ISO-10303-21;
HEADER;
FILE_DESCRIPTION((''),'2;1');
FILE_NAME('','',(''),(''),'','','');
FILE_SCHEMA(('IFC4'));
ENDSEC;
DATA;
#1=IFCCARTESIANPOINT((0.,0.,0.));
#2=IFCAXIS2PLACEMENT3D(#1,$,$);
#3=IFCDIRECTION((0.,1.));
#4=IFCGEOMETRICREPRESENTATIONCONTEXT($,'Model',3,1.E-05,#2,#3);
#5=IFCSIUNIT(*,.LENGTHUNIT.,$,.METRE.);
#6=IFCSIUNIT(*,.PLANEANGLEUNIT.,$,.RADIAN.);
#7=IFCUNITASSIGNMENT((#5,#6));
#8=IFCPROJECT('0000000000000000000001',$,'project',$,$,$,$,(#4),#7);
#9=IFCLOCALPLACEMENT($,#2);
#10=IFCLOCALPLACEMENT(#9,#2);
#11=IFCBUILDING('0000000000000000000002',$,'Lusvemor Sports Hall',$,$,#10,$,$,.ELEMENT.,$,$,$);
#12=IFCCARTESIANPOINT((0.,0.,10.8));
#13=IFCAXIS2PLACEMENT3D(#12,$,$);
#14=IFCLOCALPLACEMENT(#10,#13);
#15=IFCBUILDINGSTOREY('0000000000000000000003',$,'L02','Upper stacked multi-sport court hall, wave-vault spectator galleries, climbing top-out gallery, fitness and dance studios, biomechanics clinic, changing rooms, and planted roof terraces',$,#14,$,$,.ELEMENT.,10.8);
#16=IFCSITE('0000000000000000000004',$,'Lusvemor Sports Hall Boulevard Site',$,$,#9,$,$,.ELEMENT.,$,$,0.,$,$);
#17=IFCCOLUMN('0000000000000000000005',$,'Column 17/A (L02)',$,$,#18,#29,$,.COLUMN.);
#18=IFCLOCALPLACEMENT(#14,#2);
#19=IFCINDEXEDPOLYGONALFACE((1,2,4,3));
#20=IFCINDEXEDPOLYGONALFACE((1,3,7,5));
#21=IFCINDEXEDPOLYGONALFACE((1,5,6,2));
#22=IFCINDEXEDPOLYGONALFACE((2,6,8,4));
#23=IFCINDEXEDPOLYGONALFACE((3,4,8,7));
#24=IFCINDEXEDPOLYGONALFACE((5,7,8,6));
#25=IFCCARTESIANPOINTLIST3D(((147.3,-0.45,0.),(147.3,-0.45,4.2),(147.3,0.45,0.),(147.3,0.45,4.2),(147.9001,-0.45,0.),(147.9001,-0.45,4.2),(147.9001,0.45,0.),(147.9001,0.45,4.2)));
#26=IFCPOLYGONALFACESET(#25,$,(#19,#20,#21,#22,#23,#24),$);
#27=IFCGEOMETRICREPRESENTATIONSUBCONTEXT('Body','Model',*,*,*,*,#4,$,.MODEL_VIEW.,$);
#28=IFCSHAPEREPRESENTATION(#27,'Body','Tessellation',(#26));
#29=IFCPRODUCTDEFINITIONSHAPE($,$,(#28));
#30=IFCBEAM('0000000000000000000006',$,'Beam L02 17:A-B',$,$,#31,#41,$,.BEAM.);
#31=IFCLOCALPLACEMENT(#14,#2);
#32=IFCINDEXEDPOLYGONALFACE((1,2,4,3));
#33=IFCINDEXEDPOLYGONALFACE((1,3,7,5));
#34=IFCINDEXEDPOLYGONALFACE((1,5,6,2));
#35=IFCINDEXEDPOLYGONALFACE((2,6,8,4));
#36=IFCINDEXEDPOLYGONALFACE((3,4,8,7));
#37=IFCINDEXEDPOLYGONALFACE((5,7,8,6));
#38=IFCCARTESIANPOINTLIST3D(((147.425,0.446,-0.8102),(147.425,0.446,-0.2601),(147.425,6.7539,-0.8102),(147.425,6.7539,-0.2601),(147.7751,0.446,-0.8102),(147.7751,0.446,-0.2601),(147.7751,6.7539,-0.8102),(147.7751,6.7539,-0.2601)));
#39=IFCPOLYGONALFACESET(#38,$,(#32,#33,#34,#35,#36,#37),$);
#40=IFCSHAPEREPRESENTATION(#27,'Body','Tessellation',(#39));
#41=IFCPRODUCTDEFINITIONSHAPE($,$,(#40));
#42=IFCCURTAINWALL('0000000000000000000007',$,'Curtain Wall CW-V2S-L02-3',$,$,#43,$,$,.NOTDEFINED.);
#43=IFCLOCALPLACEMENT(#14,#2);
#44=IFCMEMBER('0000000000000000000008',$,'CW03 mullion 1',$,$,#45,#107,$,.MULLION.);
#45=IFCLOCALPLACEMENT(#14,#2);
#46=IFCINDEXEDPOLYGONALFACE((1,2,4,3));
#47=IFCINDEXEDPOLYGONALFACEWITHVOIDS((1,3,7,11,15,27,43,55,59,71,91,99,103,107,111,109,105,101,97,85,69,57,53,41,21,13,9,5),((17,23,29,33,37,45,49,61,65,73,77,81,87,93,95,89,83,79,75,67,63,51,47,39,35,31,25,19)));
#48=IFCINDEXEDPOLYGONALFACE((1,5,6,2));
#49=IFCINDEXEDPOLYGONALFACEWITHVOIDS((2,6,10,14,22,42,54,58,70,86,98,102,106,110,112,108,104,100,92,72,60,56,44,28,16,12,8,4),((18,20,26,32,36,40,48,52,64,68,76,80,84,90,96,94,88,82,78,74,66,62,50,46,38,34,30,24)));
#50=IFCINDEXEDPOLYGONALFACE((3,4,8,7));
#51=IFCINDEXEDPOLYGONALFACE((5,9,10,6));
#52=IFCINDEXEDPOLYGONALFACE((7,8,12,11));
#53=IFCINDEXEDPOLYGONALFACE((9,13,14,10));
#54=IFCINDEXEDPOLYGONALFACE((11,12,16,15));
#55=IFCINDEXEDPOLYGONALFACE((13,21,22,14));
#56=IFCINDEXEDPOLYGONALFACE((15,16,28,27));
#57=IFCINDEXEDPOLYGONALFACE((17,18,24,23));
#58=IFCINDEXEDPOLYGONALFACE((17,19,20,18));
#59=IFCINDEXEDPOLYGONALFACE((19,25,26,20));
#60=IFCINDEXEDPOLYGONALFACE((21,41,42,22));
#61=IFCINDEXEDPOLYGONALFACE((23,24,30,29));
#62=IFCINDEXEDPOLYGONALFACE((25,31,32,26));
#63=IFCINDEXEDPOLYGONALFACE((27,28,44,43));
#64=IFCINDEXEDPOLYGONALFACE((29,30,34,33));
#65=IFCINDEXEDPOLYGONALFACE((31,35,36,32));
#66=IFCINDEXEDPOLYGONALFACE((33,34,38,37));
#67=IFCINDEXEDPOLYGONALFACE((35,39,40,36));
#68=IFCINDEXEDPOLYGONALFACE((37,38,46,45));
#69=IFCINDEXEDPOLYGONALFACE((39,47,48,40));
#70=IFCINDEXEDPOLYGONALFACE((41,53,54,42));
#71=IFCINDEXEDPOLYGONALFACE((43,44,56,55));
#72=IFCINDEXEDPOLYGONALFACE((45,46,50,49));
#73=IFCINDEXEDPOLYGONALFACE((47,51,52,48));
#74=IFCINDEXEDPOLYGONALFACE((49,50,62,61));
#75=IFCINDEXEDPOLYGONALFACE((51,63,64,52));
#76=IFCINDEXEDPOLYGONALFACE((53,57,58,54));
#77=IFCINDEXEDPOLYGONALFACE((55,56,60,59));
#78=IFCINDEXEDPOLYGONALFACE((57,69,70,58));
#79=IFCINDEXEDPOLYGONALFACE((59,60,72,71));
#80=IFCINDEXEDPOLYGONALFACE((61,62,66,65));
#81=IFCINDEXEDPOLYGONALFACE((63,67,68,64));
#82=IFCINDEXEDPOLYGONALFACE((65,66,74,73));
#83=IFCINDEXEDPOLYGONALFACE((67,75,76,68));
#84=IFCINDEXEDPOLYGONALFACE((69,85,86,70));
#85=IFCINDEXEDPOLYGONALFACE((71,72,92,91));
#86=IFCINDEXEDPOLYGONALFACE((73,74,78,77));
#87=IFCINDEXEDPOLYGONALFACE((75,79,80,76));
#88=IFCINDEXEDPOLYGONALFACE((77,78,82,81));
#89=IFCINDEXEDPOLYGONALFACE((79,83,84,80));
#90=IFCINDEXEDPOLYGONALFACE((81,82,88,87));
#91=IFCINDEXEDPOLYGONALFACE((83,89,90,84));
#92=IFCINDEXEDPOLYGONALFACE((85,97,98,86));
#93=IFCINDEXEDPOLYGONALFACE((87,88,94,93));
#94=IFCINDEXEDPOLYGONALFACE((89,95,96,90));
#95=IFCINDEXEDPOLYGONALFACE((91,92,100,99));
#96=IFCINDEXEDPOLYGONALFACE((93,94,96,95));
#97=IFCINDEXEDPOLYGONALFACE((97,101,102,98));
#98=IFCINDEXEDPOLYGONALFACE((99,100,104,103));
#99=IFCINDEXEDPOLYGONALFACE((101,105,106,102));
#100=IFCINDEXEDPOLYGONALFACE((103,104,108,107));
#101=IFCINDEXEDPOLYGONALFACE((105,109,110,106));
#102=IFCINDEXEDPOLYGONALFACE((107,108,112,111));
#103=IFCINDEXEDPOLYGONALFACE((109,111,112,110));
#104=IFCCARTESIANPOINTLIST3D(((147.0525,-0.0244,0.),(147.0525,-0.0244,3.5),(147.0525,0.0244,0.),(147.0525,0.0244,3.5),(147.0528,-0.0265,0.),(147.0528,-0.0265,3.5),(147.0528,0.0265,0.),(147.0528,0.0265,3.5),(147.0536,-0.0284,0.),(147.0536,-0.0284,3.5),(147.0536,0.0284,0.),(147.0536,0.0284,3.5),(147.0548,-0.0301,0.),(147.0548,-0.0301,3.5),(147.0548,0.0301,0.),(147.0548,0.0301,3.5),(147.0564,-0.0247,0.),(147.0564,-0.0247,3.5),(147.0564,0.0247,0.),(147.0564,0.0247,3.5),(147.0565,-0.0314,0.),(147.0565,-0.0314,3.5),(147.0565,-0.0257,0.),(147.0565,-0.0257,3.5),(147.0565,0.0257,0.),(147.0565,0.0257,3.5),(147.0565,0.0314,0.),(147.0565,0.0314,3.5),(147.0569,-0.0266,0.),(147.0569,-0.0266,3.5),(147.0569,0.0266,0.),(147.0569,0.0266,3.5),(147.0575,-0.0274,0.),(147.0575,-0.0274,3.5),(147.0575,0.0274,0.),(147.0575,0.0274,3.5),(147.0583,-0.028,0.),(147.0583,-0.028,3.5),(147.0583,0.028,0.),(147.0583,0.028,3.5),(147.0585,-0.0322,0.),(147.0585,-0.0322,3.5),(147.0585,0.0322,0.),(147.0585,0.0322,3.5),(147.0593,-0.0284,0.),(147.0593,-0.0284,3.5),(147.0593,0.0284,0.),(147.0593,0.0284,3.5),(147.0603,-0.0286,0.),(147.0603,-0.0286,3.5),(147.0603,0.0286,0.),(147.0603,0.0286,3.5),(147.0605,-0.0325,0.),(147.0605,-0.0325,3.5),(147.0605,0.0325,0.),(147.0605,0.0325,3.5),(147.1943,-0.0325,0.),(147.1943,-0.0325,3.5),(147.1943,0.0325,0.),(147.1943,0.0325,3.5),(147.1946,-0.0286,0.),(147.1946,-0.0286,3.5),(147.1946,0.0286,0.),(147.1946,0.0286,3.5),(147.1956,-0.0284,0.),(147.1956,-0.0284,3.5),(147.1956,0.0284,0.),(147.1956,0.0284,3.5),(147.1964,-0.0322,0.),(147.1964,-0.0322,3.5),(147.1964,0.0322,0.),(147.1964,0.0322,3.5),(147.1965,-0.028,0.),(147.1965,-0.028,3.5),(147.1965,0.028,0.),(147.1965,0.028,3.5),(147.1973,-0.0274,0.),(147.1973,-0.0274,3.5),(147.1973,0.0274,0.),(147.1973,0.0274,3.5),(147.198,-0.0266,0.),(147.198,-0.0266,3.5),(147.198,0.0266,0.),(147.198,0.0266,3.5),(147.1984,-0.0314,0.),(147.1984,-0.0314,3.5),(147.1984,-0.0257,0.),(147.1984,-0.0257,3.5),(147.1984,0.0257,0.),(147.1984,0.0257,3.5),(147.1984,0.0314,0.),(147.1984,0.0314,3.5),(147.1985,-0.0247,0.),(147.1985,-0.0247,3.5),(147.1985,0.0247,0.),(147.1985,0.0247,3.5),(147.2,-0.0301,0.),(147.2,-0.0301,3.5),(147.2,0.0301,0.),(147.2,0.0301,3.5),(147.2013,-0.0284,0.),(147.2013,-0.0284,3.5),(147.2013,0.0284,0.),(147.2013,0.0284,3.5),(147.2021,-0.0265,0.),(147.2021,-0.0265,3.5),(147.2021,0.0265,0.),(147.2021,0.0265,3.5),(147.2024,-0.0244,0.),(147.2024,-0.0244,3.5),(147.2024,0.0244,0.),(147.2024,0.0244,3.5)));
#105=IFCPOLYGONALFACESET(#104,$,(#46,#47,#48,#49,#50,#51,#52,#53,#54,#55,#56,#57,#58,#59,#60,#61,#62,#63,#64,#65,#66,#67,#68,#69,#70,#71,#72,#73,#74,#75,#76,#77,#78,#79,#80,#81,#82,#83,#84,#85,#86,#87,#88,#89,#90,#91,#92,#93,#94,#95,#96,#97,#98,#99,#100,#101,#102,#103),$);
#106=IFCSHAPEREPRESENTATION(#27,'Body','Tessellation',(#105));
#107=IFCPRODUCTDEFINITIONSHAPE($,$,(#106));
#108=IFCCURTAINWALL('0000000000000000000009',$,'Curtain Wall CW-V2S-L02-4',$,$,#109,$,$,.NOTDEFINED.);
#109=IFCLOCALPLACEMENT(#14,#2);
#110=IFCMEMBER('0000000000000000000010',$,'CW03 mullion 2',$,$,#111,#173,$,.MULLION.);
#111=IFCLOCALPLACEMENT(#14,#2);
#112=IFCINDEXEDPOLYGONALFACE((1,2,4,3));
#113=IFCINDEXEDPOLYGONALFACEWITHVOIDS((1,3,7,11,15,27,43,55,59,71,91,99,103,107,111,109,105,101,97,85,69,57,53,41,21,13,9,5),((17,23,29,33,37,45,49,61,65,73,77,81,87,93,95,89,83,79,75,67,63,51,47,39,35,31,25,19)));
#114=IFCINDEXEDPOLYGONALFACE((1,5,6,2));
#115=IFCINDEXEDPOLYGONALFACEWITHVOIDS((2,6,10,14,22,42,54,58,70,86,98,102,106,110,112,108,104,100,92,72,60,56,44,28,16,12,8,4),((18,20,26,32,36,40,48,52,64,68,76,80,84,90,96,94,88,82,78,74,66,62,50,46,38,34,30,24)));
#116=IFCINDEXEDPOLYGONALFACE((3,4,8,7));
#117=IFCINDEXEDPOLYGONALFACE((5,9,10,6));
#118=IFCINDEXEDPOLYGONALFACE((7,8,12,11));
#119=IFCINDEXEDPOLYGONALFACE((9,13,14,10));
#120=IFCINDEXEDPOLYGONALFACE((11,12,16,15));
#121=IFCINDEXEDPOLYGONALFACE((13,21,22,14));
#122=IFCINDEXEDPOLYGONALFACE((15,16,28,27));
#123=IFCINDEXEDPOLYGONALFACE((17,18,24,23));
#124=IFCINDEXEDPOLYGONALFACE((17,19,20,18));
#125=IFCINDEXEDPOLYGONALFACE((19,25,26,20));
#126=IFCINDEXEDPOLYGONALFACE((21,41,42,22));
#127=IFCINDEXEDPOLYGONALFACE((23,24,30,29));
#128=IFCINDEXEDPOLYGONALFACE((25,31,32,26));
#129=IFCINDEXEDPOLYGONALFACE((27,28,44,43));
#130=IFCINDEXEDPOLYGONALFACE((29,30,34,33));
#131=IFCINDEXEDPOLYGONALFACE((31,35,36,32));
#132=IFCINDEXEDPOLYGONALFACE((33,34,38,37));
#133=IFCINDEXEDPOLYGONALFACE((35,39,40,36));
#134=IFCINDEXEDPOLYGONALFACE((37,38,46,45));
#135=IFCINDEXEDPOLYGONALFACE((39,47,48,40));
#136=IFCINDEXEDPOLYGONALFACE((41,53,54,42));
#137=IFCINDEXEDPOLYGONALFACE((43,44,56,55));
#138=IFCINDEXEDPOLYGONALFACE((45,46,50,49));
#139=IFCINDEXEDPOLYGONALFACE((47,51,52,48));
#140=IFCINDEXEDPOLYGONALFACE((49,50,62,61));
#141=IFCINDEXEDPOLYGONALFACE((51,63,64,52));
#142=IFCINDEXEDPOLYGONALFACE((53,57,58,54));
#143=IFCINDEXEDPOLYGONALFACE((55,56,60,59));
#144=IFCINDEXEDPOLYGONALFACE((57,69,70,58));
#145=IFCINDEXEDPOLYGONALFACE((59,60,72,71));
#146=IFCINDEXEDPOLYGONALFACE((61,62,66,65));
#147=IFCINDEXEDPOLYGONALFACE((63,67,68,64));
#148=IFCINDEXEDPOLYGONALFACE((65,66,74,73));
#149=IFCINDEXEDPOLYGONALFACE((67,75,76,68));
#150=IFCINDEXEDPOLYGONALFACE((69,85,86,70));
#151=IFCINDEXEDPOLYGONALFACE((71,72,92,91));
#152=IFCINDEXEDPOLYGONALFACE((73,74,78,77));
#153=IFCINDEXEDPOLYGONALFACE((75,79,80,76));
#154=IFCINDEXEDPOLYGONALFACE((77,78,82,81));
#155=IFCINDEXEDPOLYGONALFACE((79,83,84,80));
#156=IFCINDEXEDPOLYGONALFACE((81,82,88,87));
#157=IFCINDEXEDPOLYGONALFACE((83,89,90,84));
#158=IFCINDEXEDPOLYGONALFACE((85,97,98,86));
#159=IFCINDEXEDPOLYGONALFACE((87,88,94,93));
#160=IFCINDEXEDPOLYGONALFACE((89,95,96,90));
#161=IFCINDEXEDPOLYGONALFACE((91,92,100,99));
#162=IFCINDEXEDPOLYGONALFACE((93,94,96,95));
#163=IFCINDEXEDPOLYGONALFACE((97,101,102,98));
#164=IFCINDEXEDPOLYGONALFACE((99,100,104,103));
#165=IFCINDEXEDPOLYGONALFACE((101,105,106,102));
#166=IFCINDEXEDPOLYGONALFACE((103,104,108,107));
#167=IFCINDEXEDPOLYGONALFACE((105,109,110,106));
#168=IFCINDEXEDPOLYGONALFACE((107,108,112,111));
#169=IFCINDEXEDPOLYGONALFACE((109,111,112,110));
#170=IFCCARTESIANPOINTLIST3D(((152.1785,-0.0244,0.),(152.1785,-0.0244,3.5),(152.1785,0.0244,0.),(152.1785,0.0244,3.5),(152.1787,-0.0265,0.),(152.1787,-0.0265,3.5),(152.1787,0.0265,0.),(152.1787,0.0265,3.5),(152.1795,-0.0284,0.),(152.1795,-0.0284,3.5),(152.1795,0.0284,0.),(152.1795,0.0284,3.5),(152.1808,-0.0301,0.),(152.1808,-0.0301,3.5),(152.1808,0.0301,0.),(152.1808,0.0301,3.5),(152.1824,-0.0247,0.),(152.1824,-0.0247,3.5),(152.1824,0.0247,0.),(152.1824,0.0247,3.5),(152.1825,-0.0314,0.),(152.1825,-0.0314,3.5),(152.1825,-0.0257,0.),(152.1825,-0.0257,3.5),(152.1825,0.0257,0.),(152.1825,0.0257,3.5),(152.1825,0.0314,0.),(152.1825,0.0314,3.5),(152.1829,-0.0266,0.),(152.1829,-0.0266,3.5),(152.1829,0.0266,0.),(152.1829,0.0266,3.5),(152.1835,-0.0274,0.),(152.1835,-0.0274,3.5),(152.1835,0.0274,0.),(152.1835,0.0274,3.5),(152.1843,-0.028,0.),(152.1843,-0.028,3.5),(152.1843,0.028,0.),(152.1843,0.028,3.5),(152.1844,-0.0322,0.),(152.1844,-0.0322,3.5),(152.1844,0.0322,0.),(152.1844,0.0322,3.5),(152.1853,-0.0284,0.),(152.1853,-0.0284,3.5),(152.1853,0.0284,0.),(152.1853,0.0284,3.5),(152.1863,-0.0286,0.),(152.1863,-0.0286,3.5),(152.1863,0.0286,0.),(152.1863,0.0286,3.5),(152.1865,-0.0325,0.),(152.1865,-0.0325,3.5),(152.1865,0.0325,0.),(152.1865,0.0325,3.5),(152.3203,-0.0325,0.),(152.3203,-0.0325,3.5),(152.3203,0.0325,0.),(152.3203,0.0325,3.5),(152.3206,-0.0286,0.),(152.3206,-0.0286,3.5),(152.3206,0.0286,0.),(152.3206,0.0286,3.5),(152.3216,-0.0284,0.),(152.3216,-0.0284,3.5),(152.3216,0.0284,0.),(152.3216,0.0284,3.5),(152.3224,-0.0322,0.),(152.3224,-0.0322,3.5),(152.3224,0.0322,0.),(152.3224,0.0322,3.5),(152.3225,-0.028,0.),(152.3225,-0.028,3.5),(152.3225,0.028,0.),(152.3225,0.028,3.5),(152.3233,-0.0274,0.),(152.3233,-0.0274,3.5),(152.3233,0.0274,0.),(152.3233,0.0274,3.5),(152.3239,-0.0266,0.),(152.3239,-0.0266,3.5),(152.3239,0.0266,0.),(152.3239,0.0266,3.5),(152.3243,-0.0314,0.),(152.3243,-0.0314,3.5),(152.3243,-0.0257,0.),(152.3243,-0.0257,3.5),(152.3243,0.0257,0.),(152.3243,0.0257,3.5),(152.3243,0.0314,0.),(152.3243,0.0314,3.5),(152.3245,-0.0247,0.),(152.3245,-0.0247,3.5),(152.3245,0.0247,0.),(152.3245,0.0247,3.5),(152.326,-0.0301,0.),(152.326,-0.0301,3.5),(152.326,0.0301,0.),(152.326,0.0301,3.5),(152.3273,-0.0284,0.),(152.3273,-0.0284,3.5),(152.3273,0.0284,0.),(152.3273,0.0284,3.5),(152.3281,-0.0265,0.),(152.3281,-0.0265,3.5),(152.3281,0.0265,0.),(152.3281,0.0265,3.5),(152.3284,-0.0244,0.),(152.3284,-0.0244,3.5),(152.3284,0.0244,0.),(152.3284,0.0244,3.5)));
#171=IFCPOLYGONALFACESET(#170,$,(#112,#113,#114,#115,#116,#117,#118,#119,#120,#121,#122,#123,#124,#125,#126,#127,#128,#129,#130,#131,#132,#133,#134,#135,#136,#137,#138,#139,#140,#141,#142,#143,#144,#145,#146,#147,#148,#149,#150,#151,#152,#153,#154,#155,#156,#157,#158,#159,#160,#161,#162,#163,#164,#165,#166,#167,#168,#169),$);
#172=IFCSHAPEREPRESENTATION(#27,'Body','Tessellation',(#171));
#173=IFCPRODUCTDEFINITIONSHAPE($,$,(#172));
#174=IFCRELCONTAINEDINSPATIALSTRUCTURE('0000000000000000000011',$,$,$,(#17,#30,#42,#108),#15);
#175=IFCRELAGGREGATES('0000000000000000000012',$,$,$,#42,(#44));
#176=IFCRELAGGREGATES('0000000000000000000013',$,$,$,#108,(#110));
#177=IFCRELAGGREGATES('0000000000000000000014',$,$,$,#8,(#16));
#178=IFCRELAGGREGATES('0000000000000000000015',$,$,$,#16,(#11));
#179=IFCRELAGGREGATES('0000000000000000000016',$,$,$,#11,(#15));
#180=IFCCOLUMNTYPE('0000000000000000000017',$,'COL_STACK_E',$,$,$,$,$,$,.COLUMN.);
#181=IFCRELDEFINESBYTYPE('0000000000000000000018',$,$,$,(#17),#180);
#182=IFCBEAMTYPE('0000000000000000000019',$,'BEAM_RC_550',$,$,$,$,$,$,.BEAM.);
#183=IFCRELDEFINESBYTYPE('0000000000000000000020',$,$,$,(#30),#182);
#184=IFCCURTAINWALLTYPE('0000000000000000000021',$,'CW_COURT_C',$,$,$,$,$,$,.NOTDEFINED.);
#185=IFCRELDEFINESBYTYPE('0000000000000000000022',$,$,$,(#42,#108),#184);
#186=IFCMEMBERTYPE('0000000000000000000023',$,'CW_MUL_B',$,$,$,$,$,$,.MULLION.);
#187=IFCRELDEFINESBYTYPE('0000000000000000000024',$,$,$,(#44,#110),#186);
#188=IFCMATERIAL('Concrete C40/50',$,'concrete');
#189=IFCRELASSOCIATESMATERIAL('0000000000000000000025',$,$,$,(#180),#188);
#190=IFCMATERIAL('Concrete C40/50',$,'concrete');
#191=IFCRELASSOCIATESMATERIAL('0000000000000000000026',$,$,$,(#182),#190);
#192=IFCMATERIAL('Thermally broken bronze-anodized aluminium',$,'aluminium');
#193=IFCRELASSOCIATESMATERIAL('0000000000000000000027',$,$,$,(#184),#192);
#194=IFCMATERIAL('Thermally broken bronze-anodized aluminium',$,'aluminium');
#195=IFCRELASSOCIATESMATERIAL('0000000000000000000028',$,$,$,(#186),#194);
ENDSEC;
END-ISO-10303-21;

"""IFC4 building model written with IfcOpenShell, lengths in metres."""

from ifc_helpers import new_model, si_unit, direction, frame, origin, origin_2d, place, context, subcontext, project, spatial, rectangle, hollow_rectangle, extrude, material, material_profile, profile_set, type_object, element, aggregate, save


model = new_model("IFC4")

# Units and contexts
model_context = context("Model", 3, precision=1e-05, world=origin(), true_north=direction((0.0, 1.0)))
body_context = subcontext(model_context, "Body", "Model", "MODEL_VIEW")
ifc_project = project(units=[si_unit("LENGTHUNIT", "METRE"), si_unit("PLANEANGLEUNIT", "RADIAN")], contexts=[model_context])

# Site, building, storey
site_placement = place(None, origin())
site = spatial("IfcSite", under=ifc_project, at=site_placement, Name="Lusvemor Sports Hall Boulevard Site", CompositionType="ELEMENT", RefElevation=0.0)
building_placement = place(site_placement, origin())
building = spatial("IfcBuilding", under=site, at=building_placement, Name="Lusvemor Sports Hall", CompositionType="ELEMENT")
storey_placement = place(building_placement, frame((0.0, 0.0, 10.8)))
storey = spatial("IfcBuildingStorey", under=building, at=storey_placement, Name="L02", Description="Upper stacked multi-sport court hall, wave-vault spectator galleries, climbing top-out gallery, fitness and dance studios, biomechanics clinic, changing rooms, and planted roof terraces", CompositionType="ELEMENT", Elevation=10.8)

# Column
ifc_material_1 = material(Name="Concrete C40/50", Category="concrete")
ifc_material_profile_1 = material_profile(ifc_material_1, rectangle(XDim=0.6001, YDim=0.8999, at=origin_2d()), Name="RC600x900")
ifc_profile_set_1 = profile_set([ifc_material_profile_1], Name="Concrete C40/50")
column_type = type_object("IfcColumnType", Name="COL_STACK_E", PredefinedType="COLUMN", material=ifc_profile_set_1)
column_placement = place(storey_placement, frame((147.6001, 0.0, 0.0), z_axis=(0.0, 0.0, 1.0), x_axis=(1.0, 0.0, 0.0)))
element("IfcColumn", 1, at=column_placement, inside=storey, type_object=column_type, Name="Column 17/A (L02)", PredefinedType="COLUMN", context=body_context, shape_type="SweptSolid", body=[
    extrude(rectangle(XDim=0.6001, YDim=0.8999, at=origin_2d()), origin(), (0.0, 0.0, 1.0), 4.2),
])

# Beam
ifc_material_2 = material(Name="Concrete C40/50", Category="concrete")
ifc_material_profile_2 = material_profile(ifc_material_2, rectangle(XDim=0.3501, YDim=0.55, at=origin_2d()), Name="RC350x550")
ifc_profile_set_2 = profile_set([ifc_material_profile_2], Name="Concrete C40/50")
beam_type_1 = type_object("IfcBeamType", Name="BEAM_RC_550", PredefinedType="BEAM", material=ifc_profile_set_2)
beam_1_placement = place(storey_placement, frame((147.6001, 0.446, -0.5352), z_axis=(0.0, 1.0, 0.0), x_axis=(-1.0, 0.0, 0.0)))
element("IfcBeam", 2, at=beam_1_placement, inside=storey, type_object=beam_type_1, Name="Beam L02 17:A-B", PredefinedType="BEAM", context=body_context, shape_type="SweptSolid", body=[
    extrude(rectangle(XDim=0.3501, YDim=0.55, at=origin_2d()), origin(), (0.0, 0.0, 1.0), 6.3079),
])

# Curtain wall, member
ifc_material_3 = material(Name="Thermally broken bronze-anodized aluminium", Category="aluminium")
curtain_wall_type = type_object("IfcCurtainWallType", Name="CW_COURT_C", PredefinedType="NOTDEFINED", material=ifc_material_3)
curtain_wall_1_placement = place(storey_placement, origin())
curtain_wall_1 = element("IfcCurtainWall", 3, at=curtain_wall_1_placement, inside=storey, type_object=curtain_wall_type, Name="Curtain Wall CW-V2S-L02-3", PredefinedType="NOTDEFINED")
ifc_material_4 = material(Name="Thermally broken bronze-anodized aluminium", Category="aluminium")
ifc_material_profile_3 = material_profile(ifc_material_4, hollow_rectangle(XDim=0.0649, YDim=0.1499, WallThickness=0.0039, InnerFilletRadius=0.0039, OuterFilletRadius=0.0081, at=origin_2d()), Name="CWMUL150x65x4")
ifc_profile_set_3 = profile_set([ifc_material_profile_3], Name="Thermally broken bronze-anodized aluminium")
member_type_1 = type_object("IfcMemberType", Name="CW_MUL_B", PredefinedType="MULLION", material=ifc_profile_set_3)
member_1_placement = place(storey_placement, frame((147.1274, 0.0, 0.0), z_axis=(0.0, 0.0, 1.0), x_axis=(0.0, -1.0, 0.0)))
member_1 = element("IfcMember", 4, at=member_1_placement, type_object=member_type_1, Name="CW03 mullion 1", PredefinedType="MULLION", context=body_context, shape_type="SweptSolid", body=[
    extrude(hollow_rectangle(XDim=0.0649, YDim=0.1499, WallThickness=0.0039, InnerFilletRadius=0.0039, OuterFilletRadius=0.0081, at=origin_2d()), origin(), (0.0, 0.0, 1.0), 3.5),
])
aggregate(curtain_wall_1, [member_1])

# Curtain wall, member
curtain_wall_2_placement = place(storey_placement, origin())
curtain_wall_2 = element("IfcCurtainWall", 5, at=curtain_wall_2_placement, inside=storey, type_object=curtain_wall_type, Name="Curtain Wall CW-V2S-L02-4", PredefinedType="NOTDEFINED")
member_2_placement = place(storey_placement, frame((152.2534, 0.0, 0.0), z_axis=(0.0, 0.0, 1.0), x_axis=(0.0, -1.0, 0.0)))
member_2 = element("IfcMember", 6, at=member_2_placement, type_object=member_type_1, Name="CW03 mullion 2", PredefinedType="MULLION", context=body_context, shape_type="SweptSolid", body=[
    extrude(hollow_rectangle(XDim=0.0649, YDim=0.1499, WallThickness=0.0039, InnerFilletRadius=0.0039, OuterFilletRadius=0.0081, at=origin_2d()), origin(), (0.0, 0.0, 1.0), 3.5),
])

aggregate(curtain_wall_2, [member_2])

save(model, "model.ifc")
